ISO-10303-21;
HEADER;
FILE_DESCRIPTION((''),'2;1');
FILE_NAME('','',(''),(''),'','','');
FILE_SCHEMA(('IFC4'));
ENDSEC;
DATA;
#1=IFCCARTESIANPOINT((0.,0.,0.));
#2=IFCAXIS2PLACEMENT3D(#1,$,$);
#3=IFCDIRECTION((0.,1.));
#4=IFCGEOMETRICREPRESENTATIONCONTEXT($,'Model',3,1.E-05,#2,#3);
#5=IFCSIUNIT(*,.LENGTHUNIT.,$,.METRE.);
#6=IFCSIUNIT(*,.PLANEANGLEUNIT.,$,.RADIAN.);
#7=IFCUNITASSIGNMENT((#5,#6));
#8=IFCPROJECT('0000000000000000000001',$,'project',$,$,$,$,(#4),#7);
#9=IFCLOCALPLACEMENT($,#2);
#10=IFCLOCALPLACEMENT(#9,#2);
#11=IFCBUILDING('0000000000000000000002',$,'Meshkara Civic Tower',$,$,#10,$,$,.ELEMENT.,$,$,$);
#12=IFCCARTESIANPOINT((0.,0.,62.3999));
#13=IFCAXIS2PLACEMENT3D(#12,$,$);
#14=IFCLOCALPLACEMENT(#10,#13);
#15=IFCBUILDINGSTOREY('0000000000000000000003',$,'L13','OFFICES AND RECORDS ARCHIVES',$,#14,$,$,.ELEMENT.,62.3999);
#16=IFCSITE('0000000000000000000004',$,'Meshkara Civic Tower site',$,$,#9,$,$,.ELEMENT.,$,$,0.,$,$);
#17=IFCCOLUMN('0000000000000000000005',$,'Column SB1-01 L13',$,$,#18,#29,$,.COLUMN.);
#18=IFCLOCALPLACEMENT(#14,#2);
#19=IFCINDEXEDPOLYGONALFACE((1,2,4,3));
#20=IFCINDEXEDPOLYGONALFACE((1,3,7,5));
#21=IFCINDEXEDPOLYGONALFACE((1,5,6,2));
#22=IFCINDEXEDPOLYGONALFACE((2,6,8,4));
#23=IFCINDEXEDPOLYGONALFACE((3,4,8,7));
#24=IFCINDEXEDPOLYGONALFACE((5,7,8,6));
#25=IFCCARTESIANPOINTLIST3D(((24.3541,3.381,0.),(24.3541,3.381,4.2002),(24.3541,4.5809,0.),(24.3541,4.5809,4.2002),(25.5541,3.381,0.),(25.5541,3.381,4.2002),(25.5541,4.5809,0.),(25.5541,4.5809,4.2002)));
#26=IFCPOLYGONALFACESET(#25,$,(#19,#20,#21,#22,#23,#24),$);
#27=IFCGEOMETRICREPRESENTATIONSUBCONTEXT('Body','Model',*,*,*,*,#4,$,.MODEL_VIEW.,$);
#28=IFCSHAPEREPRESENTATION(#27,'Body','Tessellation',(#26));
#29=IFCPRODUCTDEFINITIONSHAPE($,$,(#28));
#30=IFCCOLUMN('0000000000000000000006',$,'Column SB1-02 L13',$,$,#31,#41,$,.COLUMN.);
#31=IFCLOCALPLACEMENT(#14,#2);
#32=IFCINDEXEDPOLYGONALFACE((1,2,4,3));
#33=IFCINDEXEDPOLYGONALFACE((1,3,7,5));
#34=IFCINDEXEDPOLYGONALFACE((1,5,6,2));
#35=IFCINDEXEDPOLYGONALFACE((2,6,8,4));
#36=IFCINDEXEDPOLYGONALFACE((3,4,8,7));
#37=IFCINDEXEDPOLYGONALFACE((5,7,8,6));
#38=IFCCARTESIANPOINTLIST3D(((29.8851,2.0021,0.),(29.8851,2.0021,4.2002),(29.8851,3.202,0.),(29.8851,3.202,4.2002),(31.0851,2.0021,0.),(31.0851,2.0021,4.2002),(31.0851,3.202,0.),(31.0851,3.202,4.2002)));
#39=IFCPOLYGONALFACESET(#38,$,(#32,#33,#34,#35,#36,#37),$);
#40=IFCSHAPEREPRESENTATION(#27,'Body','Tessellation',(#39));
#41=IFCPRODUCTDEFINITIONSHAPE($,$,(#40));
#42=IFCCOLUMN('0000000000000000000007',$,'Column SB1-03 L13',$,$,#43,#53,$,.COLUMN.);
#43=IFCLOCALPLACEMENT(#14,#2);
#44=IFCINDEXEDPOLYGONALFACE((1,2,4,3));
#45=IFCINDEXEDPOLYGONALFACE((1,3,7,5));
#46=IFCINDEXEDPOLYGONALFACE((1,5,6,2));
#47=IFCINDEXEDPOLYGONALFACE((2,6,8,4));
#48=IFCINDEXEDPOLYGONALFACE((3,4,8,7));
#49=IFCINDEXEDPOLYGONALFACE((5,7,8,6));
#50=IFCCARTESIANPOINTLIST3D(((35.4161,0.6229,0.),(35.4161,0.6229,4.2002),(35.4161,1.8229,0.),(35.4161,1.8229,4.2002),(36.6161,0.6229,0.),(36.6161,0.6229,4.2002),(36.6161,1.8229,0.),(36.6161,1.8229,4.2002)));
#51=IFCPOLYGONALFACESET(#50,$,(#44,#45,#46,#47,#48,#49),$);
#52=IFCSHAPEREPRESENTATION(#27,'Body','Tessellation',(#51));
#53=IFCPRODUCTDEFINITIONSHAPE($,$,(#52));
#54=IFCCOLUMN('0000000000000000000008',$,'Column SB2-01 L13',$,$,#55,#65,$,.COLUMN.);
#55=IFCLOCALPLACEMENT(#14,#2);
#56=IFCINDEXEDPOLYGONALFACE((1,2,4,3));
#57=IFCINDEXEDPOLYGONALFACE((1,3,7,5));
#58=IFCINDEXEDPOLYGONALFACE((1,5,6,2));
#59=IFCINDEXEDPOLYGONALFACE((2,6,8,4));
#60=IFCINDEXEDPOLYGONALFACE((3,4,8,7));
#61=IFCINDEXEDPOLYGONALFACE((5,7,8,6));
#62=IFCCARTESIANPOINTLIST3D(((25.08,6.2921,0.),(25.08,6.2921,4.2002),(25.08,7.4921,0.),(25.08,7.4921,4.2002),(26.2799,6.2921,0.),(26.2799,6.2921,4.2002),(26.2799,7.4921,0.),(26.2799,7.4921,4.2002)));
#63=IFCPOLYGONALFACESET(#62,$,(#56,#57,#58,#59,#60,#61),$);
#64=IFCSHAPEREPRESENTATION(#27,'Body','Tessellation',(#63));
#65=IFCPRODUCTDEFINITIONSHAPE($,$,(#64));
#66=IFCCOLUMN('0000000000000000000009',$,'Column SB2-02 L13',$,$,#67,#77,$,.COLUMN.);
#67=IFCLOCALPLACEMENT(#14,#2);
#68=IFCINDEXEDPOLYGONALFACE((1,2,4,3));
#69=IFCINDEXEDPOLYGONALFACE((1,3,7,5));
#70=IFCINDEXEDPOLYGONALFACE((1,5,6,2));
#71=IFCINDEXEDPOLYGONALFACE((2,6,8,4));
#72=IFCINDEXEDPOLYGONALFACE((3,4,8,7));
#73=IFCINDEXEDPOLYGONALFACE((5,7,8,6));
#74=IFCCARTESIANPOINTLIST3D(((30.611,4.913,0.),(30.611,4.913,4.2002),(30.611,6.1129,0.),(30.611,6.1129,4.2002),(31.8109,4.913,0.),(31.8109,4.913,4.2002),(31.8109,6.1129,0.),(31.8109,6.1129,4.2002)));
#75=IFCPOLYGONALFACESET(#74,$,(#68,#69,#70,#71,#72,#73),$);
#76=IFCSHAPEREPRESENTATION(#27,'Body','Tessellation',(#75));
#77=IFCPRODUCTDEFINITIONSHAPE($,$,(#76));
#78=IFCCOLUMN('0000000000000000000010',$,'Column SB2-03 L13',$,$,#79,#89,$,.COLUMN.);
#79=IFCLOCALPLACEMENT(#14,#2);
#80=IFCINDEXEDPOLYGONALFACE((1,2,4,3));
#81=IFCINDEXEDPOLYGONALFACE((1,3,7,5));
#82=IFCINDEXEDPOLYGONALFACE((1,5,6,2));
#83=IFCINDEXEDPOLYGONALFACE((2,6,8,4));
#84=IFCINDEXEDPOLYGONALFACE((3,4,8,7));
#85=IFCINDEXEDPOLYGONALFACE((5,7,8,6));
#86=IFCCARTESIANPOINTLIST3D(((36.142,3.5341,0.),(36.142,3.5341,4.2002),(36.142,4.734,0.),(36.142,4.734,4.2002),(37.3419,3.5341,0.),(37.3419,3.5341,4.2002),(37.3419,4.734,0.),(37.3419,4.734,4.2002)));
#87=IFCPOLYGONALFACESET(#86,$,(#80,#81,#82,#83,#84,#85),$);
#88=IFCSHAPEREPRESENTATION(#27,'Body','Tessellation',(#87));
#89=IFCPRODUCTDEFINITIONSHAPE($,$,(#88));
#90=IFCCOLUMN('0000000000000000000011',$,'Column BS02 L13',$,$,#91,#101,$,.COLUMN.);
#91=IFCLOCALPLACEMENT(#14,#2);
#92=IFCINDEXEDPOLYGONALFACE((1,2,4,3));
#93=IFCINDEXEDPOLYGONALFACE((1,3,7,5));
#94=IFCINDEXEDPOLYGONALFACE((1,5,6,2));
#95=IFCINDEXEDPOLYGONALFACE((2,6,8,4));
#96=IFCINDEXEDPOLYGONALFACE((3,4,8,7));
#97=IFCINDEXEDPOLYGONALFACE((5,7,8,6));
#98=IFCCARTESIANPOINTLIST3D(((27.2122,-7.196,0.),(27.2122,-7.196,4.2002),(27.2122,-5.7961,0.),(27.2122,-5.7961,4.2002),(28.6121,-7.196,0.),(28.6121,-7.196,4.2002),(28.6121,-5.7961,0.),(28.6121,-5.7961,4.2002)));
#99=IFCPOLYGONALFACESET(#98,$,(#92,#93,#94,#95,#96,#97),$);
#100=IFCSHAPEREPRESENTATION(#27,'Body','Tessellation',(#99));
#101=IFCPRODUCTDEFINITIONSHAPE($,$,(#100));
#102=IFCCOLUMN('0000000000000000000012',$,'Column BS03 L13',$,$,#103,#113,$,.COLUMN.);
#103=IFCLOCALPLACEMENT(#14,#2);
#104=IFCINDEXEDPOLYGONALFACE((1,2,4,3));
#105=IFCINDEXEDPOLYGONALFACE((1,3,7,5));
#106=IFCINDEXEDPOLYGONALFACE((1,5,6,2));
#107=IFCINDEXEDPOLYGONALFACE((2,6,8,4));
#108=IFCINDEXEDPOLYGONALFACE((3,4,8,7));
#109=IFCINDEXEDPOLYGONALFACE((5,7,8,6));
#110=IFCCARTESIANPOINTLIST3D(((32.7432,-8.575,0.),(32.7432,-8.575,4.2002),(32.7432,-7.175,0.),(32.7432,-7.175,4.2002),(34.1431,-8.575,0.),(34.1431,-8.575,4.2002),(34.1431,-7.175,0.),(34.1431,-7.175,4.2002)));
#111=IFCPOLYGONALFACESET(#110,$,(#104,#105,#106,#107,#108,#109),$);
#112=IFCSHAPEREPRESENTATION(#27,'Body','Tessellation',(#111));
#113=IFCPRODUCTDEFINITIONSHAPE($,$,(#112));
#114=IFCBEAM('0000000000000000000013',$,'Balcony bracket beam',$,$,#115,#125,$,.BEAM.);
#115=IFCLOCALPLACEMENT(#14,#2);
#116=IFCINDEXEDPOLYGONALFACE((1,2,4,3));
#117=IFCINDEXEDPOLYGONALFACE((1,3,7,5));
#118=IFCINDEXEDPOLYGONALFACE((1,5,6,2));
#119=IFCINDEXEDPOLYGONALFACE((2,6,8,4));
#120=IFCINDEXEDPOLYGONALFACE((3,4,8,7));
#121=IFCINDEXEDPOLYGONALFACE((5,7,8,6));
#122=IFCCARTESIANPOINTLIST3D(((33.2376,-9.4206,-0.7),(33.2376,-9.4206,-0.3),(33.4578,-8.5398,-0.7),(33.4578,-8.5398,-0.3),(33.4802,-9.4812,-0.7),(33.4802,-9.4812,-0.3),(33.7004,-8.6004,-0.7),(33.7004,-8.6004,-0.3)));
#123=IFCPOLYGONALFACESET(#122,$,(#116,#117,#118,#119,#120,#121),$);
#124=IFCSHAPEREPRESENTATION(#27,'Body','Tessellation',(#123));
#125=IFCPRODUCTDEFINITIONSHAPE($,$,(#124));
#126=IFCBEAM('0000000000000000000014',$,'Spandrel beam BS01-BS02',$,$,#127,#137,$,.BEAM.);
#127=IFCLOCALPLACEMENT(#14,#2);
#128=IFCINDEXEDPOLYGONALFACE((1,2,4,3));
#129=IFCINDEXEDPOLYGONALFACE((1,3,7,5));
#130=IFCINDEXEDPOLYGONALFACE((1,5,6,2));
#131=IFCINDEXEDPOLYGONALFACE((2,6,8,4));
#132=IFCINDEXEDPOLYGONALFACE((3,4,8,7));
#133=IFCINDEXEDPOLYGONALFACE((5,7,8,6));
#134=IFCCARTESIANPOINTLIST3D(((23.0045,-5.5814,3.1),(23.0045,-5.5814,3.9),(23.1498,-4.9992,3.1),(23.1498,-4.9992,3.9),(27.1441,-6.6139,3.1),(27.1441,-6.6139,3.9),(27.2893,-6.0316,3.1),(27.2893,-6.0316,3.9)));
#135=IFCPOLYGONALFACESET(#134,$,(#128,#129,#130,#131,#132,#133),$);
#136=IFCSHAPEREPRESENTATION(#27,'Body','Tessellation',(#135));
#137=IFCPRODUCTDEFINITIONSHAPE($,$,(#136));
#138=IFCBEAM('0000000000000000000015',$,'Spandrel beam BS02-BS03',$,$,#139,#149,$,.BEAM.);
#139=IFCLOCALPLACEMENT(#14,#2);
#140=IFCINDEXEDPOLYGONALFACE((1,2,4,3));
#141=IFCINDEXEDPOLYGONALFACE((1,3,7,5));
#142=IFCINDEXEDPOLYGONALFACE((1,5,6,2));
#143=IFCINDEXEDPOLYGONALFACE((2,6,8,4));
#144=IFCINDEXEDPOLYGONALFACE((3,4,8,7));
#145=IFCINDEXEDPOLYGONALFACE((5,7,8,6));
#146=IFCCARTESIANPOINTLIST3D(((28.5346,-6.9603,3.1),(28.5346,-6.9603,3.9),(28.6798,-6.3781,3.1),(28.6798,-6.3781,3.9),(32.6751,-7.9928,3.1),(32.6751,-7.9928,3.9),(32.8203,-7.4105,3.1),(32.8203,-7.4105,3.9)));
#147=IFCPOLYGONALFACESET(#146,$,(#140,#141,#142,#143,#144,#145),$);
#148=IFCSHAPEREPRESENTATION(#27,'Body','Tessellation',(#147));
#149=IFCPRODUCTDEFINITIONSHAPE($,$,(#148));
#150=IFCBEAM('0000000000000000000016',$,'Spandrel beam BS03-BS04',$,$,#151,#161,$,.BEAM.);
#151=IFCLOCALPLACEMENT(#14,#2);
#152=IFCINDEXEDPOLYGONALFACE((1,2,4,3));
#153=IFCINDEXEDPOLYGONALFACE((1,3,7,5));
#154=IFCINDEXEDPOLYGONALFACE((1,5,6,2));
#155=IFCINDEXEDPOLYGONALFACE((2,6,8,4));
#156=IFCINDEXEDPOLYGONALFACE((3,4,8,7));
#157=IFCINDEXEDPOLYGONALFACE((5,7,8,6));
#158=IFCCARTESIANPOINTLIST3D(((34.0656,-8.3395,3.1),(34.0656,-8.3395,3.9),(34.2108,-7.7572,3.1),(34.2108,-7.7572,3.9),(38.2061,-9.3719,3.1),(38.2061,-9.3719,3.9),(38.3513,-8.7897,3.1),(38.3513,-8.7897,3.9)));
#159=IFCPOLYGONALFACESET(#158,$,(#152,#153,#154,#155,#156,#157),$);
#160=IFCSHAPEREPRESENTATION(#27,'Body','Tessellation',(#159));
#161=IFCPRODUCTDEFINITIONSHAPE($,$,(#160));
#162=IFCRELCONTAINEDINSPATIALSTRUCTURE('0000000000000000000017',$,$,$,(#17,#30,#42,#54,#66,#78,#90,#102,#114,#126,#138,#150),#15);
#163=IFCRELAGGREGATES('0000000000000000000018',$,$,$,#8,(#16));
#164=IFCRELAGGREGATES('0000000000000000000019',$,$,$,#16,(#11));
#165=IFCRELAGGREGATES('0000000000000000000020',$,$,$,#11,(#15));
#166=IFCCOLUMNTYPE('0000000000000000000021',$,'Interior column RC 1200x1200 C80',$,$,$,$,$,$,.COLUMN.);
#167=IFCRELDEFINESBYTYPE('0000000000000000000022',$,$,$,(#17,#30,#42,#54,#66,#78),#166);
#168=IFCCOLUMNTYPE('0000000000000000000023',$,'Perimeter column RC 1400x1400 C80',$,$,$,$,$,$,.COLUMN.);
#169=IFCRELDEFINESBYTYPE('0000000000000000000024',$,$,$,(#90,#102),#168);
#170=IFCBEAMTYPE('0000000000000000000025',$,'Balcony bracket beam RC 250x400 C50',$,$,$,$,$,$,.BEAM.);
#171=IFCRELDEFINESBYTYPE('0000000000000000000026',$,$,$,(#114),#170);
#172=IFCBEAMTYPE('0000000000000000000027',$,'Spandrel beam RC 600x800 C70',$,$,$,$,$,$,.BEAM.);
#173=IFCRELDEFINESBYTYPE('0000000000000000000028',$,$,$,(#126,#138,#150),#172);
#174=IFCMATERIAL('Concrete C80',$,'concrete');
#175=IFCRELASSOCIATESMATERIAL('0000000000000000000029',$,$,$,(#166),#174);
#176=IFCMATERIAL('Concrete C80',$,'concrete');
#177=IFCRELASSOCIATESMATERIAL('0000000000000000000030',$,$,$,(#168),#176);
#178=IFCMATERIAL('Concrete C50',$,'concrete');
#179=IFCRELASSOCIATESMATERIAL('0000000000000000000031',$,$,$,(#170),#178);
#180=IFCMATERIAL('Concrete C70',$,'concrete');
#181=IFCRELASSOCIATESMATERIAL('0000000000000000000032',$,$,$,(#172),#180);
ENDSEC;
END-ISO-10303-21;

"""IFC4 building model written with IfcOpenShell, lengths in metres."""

from ifc_helpers import new_model, si_unit, direction, frame, origin, origin_2d, place, context, subcontext, project, spatial, rectangle, extrude, material, material_profile, profile_set, type_object, element, save


model = new_model("IFC4")

# Units and contexts
model_context = context("Model", 3, precision=1e-05, world=origin(), true_north=direction((0.0, 1.0)))
body_context = subcontext(model_context, "Body", "Model", "MODEL_VIEW")
ifc_project = project(units=[si_unit("LENGTHUNIT", "METRE"), si_unit("PLANEANGLEUNIT", "RADIAN")], contexts=[model_context])

# Site, building, storey
site_placement = place(None, origin())
site = spatial("IfcSite", under=ifc_project, at=site_placement, Name="Meshkara Civic Tower site", CompositionType="ELEMENT", RefElevation=0.0)
building_placement = place(site_placement, origin())
building = spatial("IfcBuilding", under=site, at=building_placement, Name="Meshkara Civic Tower", CompositionType="ELEMENT")
storey_placement = place(building_placement, frame((0.0, 0.0, 62.3999)))
storey = spatial("IfcBuildingStorey", under=building, at=storey_placement, Name="L13", Description="OFFICES AND RECORDS ARCHIVES", CompositionType="ELEMENT", Elevation=62.3999)

# Columns
ifc_material_1 = material(Name="Concrete C80", Category="concrete")
ifc_material_profile_1 = material_profile(ifc_material_1, rectangle(XDim=1.2, YDim=1.2, at=origin_2d()))
ifc_profile_set_1 = profile_set([ifc_material_profile_1], Name="Concrete C80")
column_type_1 = type_object("IfcColumnType", Name="Interior column RC 1200x1200 C80", PredefinedType="COLUMN", material=ifc_profile_set_1)
for number, where, z_axis, x_axis, name in (
    (1, (24.9541, 3.981, 0.0), (0.0, 0.0, 1.0), (1.0, 0.0, 0.0), "Column SB1-01 L13"),
    (2, (30.4851, 2.6021, 0.0), (0.0, 0.0, 1.0), (1.0, 0.0, 0.0), "Column SB1-02 L13"),
    (3, (36.0161, 1.2229, 0.0), (0.0, 0.0, 1.0), (1.0, 0.0, 0.0), "Column SB1-03 L13"),
    (4, (25.6799, 6.8921, 0.0), (0.0, 0.0, 1.0), (1.0, 0.0, 0.0), "Column SB2-01 L13"),
    (5, (31.2109, 5.5129, 0.0), (0.0, 0.0, 1.0), (1.0, 0.0, 0.0), "Column SB2-02 L13"),
    (6, (36.7419, 4.134, 0.0), (0.0, 0.0, 1.0), (1.0, 0.0, 0.0), "Column SB2-03 L13"),
):
    element("IfcColumn", number, at=place(storey_placement, frame(where, z_axis=z_axis, x_axis=x_axis)), inside=storey, type_object=column_type_1, Name=name, PredefinedType="COLUMN", context=body_context, shape_type="SweptSolid", body=[
        extrude(rectangle(XDim=1.2, YDim=1.2, at=origin_2d()), origin(), (0.0, 0.0, 1.0), 4.2002),
    ])
ifc_material_2 = material(Name="Concrete C80", Category="concrete")
ifc_material_profile_2 = material_profile(ifc_material_2, rectangle(XDim=1.3999, YDim=1.3999, at=origin_2d()))
ifc_profile_set_2 = profile_set([ifc_material_profile_2], Name="Concrete C80")
column_type_2 = type_object("IfcColumnType", Name="Perimeter column RC 1400x1400 C80", PredefinedType="COLUMN", material=ifc_profile_set_2)
for number, where, z_axis, x_axis, name in (
    (7, (27.9121, -6.4961, 0.0), (0.0, 0.0, 1.0), (1.0, 0.0, 0.0), "Column BS02 L13"),
    (8, (33.4431, -7.875, 0.0), (0.0, 0.0, 1.0), (1.0, 0.0, 0.0), "Column BS03 L13"),
):
    element("IfcColumn", number, at=place(storey_placement, frame(where, z_axis=z_axis, x_axis=x_axis)), inside=storey, type_object=column_type_2, Name=name, PredefinedType="COLUMN", context=body_context, shape_type="SweptSolid", body=[
        extrude(rectangle(XDim=1.3999, YDim=1.3999, at=origin_2d()), origin(), (0.0, 0.0, 1.0), 4.2002),
    ])

# Beams
ifc_material_3 = material(Name="Concrete C50", Category="concrete")
ifc_material_profile_3 = material_profile(ifc_material_3, rectangle(XDim=0.25, YDim=0.3999, at=origin_2d()))
ifc_profile_set_3 = profile_set([ifc_material_profile_3], Name="Concrete C50")
beam_type_1 = type_object("IfcBeamType", Name="Balcony bracket beam RC 250x400 C50", PredefinedType="BEAM", material=ifc_profile_set_3)
beam_1_placement = place(storey_placement, frame((33.5791, -8.5701, -0.5), z_axis=(-0.242536, -0.970143, 0.0), x_axis=(0.970143, -0.242536, 0.0)))
element("IfcBeam", 9, at=beam_1_placement, inside=storey, type_object=beam_type_1, Name="Balcony bracket beam", PredefinedType="BEAM", context=body_context, shape_type="SweptSolid", body=[
    extrude(rectangle(XDim=0.25, YDim=0.3999, at=origin_2d()), origin(), (0.0, 0.0, 1.0), 0.908),
])
ifc_material_4 = material(Name="Concrete C70", Category="concrete")
ifc_material_profile_4 = material_profile(ifc_material_4, rectangle(XDim=0.6001, YDim=0.8, at=origin_2d()))
ifc_profile_set_4 = profile_set([ifc_material_profile_4], Name="Concrete C70")
beam_type_2 = type_object("IfcBeamType", Name="Spandrel beam RC 600x800 C70", PredefinedType="BEAM", material=ifc_profile_set_4)
beam_2_placement = place(storey_placement, frame((23.0771, -5.2903, 3.5), z_axis=(0.970277, -0.241997, 0.0), x_axis=(0.241997, 0.970277, 0.0)))
element("IfcBeam", 10, at=beam_2_placement, inside=storey, type_object=beam_type_2, Name="Spandrel beam BS01-BS02", PredefinedType="BEAM", context=body_context, shape_type="SweptSolid", body=[
    extrude(rectangle(XDim=0.6001, YDim=0.8, at=origin_2d()), origin(), (0.0, 0.0, 1.0), 4.2664),
])
for number, where, z_axis, x_axis, name in (
    (11, (28.6072, -6.6692, 3.5), (0.97029, -0.241943, 0.0), (0.241943, 0.97029, 0.0), "Spandrel beam BS02-BS03"),
    (12, (34.1382, -8.0483, 3.5), (0.97029, -0.241943, 0.0), (0.241943, 0.97029, 0.0), "Spandrel beam BS03-BS04"),
):
    element("IfcBeam", number, at=place(storey_placement, frame(where, z_axis=z_axis, x_axis=x_axis)), inside=storey, type_object=beam_type_2, Name=name, PredefinedType="BEAM", context=body_context, shape_type="SweptSolid", body=[
        extrude(rectangle(XDim=0.6001, YDim=0.8, at=origin_2d()), origin(), (0.0, 0.0, 1.0), 4.2673),
    ])

save(model, "model.ifc")
